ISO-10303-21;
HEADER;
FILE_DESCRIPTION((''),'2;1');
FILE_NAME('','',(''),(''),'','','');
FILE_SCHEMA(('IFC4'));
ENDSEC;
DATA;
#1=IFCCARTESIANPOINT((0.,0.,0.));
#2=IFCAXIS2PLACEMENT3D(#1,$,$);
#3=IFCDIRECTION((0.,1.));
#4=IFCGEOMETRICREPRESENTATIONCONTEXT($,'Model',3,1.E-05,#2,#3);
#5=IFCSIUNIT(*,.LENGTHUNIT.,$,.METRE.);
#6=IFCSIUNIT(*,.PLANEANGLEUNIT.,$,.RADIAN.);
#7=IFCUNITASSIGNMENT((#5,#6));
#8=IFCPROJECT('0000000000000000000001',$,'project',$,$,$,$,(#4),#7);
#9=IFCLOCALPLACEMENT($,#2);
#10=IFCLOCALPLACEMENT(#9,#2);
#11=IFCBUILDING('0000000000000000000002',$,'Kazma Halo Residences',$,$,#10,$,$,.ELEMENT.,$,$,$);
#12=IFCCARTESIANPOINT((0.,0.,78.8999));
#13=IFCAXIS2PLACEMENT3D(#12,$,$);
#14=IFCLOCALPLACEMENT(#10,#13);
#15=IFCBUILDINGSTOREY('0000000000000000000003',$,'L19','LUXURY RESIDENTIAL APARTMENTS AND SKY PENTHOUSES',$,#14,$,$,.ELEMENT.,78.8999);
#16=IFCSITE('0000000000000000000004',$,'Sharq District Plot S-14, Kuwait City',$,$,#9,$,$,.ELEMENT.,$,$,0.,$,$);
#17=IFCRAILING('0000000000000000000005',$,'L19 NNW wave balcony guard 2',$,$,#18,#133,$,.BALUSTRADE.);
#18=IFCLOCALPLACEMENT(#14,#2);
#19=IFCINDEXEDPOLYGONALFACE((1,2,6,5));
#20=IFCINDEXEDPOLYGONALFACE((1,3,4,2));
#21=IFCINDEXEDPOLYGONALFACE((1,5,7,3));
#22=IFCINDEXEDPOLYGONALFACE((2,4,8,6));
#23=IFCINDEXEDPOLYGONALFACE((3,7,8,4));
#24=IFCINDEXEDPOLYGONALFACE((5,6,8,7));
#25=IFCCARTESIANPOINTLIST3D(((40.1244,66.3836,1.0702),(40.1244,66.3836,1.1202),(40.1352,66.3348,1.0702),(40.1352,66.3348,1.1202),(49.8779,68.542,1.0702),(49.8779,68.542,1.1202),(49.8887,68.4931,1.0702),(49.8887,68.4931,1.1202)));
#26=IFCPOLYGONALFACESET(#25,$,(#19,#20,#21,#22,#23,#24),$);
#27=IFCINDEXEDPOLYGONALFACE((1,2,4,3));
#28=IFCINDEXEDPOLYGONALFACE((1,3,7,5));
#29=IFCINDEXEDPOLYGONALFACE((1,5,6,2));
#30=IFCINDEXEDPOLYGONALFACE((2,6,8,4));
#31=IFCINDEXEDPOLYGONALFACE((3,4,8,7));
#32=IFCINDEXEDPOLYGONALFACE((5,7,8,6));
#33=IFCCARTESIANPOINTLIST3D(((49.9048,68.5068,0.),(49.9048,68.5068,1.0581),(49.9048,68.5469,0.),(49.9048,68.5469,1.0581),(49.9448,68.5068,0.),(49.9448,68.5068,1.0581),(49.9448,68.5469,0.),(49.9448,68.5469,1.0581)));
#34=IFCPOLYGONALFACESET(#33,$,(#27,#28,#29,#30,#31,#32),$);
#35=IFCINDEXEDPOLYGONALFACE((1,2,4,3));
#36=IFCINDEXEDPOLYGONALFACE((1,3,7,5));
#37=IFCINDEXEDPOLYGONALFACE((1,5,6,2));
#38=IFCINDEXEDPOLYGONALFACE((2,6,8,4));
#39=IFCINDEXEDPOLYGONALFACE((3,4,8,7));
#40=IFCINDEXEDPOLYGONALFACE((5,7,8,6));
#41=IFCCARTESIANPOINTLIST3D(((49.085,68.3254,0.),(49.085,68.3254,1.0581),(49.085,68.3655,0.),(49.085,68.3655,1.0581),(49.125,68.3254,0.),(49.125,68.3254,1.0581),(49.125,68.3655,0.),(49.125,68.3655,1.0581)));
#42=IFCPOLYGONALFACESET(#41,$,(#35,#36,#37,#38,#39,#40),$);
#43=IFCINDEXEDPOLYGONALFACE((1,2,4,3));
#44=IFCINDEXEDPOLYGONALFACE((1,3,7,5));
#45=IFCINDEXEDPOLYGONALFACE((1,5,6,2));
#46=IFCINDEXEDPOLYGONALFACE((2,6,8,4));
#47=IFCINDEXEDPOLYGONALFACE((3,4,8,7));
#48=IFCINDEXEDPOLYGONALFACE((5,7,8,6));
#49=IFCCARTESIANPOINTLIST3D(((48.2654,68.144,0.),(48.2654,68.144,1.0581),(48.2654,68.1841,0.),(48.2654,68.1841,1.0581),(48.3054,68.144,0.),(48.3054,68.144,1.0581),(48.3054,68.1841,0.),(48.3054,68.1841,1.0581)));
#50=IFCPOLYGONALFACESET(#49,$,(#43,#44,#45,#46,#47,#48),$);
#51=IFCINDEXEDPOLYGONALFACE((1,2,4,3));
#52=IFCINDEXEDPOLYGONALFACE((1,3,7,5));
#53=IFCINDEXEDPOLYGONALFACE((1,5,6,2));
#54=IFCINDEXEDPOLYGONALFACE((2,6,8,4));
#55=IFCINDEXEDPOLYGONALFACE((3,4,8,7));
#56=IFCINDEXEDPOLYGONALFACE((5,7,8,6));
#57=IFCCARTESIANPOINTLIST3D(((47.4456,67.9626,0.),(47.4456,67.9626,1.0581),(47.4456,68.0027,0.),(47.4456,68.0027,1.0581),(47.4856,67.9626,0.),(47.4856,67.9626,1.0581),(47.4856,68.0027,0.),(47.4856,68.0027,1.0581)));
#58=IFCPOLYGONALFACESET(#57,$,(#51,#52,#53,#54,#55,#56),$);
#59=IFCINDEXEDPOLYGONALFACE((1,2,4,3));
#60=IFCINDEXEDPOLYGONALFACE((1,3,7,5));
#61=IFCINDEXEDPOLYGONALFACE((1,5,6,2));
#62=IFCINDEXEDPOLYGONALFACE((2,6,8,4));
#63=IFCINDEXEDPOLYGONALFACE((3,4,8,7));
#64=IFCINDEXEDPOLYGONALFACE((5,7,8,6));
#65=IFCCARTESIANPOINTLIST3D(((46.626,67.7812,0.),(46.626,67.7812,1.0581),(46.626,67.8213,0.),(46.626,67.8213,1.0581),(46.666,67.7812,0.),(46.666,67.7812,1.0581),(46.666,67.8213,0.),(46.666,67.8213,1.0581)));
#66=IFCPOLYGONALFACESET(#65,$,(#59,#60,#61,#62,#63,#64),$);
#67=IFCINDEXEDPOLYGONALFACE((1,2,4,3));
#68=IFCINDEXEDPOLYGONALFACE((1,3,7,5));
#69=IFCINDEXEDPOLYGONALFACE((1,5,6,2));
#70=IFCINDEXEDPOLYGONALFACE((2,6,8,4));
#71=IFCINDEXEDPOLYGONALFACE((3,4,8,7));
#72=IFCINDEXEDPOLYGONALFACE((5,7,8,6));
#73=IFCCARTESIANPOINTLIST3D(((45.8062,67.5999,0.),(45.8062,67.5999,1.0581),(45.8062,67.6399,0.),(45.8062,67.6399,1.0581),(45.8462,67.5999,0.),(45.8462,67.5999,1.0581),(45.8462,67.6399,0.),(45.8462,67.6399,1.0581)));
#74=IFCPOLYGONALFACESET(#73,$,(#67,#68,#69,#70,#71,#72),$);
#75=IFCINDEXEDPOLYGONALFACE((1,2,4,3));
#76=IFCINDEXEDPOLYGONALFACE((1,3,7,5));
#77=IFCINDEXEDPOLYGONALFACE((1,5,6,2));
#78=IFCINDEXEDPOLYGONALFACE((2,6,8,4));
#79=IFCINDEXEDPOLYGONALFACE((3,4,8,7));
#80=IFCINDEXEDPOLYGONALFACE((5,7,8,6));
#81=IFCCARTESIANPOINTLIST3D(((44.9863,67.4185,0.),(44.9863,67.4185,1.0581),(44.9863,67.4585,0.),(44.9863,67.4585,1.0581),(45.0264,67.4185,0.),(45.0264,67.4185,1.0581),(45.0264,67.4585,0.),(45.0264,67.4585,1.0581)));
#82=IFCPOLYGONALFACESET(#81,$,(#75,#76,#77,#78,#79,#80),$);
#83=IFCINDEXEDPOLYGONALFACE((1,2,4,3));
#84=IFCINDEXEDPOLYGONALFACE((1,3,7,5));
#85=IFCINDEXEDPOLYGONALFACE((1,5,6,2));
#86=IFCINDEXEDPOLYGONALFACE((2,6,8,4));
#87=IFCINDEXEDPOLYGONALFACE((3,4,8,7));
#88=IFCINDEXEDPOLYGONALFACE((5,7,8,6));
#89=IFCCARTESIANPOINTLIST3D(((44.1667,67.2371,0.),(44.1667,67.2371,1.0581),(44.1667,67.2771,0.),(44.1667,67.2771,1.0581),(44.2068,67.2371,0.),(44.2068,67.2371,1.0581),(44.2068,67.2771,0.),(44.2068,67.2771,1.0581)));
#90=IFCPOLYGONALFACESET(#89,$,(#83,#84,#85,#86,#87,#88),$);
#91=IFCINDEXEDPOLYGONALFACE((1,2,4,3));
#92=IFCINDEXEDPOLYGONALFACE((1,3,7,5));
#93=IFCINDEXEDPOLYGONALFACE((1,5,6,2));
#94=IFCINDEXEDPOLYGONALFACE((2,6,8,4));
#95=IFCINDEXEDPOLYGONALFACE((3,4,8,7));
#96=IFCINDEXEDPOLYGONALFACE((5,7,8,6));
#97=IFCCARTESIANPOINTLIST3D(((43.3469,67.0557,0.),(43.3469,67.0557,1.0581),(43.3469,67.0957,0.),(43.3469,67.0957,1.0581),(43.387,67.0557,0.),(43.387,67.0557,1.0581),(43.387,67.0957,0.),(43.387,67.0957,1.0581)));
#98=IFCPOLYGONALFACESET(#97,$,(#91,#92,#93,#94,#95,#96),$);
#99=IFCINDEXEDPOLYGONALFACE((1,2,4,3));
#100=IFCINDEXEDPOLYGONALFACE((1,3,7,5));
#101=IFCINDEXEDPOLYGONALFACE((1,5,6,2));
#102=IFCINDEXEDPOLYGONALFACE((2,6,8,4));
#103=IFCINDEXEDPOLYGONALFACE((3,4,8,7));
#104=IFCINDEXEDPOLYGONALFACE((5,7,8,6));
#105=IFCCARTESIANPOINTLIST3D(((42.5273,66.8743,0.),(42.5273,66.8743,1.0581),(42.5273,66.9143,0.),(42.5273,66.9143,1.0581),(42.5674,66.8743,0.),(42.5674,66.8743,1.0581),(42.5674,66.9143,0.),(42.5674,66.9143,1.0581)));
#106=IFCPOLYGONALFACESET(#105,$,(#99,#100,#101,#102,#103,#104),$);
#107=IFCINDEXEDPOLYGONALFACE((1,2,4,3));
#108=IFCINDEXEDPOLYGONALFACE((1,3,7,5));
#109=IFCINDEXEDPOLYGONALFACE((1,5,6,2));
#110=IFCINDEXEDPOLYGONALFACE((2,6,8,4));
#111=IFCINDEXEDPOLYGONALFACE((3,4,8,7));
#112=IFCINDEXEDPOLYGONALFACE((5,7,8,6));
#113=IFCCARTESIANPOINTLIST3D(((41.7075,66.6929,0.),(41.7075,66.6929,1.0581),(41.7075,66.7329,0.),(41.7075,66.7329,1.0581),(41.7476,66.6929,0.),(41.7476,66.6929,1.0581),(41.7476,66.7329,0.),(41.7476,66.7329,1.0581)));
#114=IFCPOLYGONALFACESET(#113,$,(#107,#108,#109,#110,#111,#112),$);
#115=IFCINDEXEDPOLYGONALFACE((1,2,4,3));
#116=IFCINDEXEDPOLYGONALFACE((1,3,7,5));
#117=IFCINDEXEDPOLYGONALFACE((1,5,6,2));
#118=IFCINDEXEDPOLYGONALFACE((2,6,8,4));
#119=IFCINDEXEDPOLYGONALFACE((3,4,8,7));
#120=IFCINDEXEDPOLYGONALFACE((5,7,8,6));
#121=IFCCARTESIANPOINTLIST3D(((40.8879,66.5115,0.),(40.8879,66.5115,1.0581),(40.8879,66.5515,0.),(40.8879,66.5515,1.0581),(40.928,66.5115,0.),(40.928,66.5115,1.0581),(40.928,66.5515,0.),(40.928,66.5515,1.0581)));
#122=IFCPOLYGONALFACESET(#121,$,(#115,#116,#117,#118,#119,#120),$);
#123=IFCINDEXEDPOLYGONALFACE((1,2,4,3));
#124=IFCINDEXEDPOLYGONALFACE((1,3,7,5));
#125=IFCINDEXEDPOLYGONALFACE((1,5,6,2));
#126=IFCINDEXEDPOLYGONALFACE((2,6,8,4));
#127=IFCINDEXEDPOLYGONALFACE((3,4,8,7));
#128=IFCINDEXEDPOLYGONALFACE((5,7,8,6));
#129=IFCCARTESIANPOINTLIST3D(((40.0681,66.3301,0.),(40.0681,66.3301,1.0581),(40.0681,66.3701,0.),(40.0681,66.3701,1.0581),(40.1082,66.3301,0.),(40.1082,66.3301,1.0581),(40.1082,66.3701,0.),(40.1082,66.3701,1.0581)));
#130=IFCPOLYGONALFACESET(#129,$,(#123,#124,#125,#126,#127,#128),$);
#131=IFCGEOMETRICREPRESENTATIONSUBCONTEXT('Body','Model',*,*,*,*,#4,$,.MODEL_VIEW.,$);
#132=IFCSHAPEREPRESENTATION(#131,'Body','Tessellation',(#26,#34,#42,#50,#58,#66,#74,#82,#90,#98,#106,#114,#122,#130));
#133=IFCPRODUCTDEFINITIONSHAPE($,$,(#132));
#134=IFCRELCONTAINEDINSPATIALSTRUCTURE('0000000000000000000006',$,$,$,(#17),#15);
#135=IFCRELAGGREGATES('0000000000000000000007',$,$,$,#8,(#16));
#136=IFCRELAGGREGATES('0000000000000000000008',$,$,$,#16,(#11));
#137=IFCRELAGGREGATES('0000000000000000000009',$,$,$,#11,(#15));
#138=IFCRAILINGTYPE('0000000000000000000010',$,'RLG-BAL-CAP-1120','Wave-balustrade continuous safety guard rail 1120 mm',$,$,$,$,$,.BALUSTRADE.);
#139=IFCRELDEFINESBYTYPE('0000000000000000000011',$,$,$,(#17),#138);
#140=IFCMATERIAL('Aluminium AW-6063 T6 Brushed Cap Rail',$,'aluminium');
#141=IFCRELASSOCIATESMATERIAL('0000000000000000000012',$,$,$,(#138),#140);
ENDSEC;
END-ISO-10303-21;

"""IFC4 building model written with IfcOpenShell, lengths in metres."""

from ifc_helpers import new_model, si_unit, direction, frame, origin, origin_2d, place, context, subcontext, project, spatial, rectangle, extrude, material, type_object, element, save


model = new_model("IFC4")

# Units and contexts
model_context = context("Model", 3, precision=1e-05, world=origin(), true_north=direction((0.0, 1.0)))
body_context = subcontext(model_context, "Body", "Model", "MODEL_VIEW")
ifc_project = project(units=[si_unit("LENGTHUNIT", "METRE"), si_unit("PLANEANGLEUNIT", "RADIAN")], contexts=[model_context])

# Site, building, storey
site_placement = place(None, origin())
site = spatial("IfcSite", under=ifc_project, at=site_placement, Name="Sharq District Plot S-14, Kuwait City", CompositionType="ELEMENT", RefElevation=0.0)
building_placement = place(site_placement, origin())
building = spatial("IfcBuilding", under=site, at=building_placement, Name="Kazma Halo Residences", CompositionType="ELEMENT")
storey_placement = place(building_placement, frame((0.0, 0.0, 78.8999)))
storey = spatial("IfcBuildingStorey", under=building, at=storey_placement, Name="L19", Description="LUXURY RESIDENTIAL APARTMENTS AND SKY PENTHOUSES", CompositionType="ELEMENT", Elevation=78.8999)

# Railing
ifc_material_1 = material(Name="Aluminium AW-6063 T6 Brushed Cap Rail", Category="aluminium")
railing_type = type_object("IfcRailingType", Name="RLG-BAL-CAP-1120", Description="Wave-balustrade continuous safety guard rail 1120 mm", PredefinedType="BALUSTRADE", material=ifc_material_1)
railing_1_placement = place(storey_placement, frame((49.9248, 68.5269, 0.0)))
element("IfcRailing", 1, at=railing_1_placement, inside=storey, type_object=railing_type, Name="L19 NNW wave balcony guard 2", PredefinedType="BALUSTRADE", context=body_context, shape_type="SweptSolid", body=[
    extrude(rectangle(XDim=0.05, YDim=0.05, at=origin_2d()), frame((-0.0415, -0.0093, 1.0952), z_axis=(-0.976379, -0.216063, 0.0), x_axis=(0.216063, -0.976379, 0.0)), (0.0, 0.0, 1.0), 9.9895),
    extrude(rectangle(XDim=0.04, YDim=0.04, at=origin_2d()), origin(), (0.0, 0.0, 1.0), 1.0581),
    extrude(rectangle(XDim=0.04, YDim=0.04, at=origin_2d()), frame((-0.8198, -0.1814, 0.0)), (0.0, 0.0, 1.0), 1.0581),
    extrude(rectangle(XDim=0.04, YDim=0.04, at=origin_2d()), frame((-1.6394, -0.3628, 0.0)), (0.0, 0.0, 1.0), 1.0581),
    extrude(rectangle(XDim=0.04, YDim=0.04, at=origin_2d()), frame((-2.4592, -0.5442, 0.0)), (0.0, 0.0, 1.0), 1.0581),
    extrude(rectangle(XDim=0.04, YDim=0.04, at=origin_2d()), frame((-3.2788, -0.7256, 0.0)), (0.0, 0.0, 1.0), 1.0581),
    extrude(rectangle(XDim=0.04, YDim=0.04, at=origin_2d()), frame((-4.0986, -0.907, 0.0)), (0.0, 0.0, 1.0), 1.0581),
    extrude(rectangle(XDim=0.04, YDim=0.04, at=origin_2d()), frame((-4.9185, -1.0884, 0.0)), (0.0, 0.0, 1.0), 1.0581),
    extrude(rectangle(XDim=0.04, YDim=0.04, at=origin_2d()), frame((-5.738, -1.2698, 0.0)), (0.0, 0.0, 1.0), 1.0581),
    extrude(rectangle(XDim=0.04, YDim=0.04, at=origin_2d()), frame((-6.5579, -1.4512, 0.0)), (0.0, 0.0, 1.0), 1.0581),
    extrude(rectangle(XDim=0.04, YDim=0.04, at=origin_2d()), frame((-7.3774, -1.6326, 0.0)), (0.0, 0.0, 1.0), 1.0581),
    extrude(rectangle(XDim=0.04, YDim=0.04, at=origin_2d()), frame((-8.1973, -1.814, 0.0)), (0.0, 0.0, 1.0), 1.0581),
    extrude(rectangle(XDim=0.04, YDim=0.04, at=origin_2d()), frame((-9.0168, -1.9954, 0.0)), (0.0, 0.0, 1.0), 1.0581),
    extrude(rectangle(XDim=0.04, YDim=0.04, at=origin_2d()), frame((-9.8367, -2.1768, 0.0)), (0.0, 0.0, 1.0), 1.0581),
])

save(model, "model.ifc")
